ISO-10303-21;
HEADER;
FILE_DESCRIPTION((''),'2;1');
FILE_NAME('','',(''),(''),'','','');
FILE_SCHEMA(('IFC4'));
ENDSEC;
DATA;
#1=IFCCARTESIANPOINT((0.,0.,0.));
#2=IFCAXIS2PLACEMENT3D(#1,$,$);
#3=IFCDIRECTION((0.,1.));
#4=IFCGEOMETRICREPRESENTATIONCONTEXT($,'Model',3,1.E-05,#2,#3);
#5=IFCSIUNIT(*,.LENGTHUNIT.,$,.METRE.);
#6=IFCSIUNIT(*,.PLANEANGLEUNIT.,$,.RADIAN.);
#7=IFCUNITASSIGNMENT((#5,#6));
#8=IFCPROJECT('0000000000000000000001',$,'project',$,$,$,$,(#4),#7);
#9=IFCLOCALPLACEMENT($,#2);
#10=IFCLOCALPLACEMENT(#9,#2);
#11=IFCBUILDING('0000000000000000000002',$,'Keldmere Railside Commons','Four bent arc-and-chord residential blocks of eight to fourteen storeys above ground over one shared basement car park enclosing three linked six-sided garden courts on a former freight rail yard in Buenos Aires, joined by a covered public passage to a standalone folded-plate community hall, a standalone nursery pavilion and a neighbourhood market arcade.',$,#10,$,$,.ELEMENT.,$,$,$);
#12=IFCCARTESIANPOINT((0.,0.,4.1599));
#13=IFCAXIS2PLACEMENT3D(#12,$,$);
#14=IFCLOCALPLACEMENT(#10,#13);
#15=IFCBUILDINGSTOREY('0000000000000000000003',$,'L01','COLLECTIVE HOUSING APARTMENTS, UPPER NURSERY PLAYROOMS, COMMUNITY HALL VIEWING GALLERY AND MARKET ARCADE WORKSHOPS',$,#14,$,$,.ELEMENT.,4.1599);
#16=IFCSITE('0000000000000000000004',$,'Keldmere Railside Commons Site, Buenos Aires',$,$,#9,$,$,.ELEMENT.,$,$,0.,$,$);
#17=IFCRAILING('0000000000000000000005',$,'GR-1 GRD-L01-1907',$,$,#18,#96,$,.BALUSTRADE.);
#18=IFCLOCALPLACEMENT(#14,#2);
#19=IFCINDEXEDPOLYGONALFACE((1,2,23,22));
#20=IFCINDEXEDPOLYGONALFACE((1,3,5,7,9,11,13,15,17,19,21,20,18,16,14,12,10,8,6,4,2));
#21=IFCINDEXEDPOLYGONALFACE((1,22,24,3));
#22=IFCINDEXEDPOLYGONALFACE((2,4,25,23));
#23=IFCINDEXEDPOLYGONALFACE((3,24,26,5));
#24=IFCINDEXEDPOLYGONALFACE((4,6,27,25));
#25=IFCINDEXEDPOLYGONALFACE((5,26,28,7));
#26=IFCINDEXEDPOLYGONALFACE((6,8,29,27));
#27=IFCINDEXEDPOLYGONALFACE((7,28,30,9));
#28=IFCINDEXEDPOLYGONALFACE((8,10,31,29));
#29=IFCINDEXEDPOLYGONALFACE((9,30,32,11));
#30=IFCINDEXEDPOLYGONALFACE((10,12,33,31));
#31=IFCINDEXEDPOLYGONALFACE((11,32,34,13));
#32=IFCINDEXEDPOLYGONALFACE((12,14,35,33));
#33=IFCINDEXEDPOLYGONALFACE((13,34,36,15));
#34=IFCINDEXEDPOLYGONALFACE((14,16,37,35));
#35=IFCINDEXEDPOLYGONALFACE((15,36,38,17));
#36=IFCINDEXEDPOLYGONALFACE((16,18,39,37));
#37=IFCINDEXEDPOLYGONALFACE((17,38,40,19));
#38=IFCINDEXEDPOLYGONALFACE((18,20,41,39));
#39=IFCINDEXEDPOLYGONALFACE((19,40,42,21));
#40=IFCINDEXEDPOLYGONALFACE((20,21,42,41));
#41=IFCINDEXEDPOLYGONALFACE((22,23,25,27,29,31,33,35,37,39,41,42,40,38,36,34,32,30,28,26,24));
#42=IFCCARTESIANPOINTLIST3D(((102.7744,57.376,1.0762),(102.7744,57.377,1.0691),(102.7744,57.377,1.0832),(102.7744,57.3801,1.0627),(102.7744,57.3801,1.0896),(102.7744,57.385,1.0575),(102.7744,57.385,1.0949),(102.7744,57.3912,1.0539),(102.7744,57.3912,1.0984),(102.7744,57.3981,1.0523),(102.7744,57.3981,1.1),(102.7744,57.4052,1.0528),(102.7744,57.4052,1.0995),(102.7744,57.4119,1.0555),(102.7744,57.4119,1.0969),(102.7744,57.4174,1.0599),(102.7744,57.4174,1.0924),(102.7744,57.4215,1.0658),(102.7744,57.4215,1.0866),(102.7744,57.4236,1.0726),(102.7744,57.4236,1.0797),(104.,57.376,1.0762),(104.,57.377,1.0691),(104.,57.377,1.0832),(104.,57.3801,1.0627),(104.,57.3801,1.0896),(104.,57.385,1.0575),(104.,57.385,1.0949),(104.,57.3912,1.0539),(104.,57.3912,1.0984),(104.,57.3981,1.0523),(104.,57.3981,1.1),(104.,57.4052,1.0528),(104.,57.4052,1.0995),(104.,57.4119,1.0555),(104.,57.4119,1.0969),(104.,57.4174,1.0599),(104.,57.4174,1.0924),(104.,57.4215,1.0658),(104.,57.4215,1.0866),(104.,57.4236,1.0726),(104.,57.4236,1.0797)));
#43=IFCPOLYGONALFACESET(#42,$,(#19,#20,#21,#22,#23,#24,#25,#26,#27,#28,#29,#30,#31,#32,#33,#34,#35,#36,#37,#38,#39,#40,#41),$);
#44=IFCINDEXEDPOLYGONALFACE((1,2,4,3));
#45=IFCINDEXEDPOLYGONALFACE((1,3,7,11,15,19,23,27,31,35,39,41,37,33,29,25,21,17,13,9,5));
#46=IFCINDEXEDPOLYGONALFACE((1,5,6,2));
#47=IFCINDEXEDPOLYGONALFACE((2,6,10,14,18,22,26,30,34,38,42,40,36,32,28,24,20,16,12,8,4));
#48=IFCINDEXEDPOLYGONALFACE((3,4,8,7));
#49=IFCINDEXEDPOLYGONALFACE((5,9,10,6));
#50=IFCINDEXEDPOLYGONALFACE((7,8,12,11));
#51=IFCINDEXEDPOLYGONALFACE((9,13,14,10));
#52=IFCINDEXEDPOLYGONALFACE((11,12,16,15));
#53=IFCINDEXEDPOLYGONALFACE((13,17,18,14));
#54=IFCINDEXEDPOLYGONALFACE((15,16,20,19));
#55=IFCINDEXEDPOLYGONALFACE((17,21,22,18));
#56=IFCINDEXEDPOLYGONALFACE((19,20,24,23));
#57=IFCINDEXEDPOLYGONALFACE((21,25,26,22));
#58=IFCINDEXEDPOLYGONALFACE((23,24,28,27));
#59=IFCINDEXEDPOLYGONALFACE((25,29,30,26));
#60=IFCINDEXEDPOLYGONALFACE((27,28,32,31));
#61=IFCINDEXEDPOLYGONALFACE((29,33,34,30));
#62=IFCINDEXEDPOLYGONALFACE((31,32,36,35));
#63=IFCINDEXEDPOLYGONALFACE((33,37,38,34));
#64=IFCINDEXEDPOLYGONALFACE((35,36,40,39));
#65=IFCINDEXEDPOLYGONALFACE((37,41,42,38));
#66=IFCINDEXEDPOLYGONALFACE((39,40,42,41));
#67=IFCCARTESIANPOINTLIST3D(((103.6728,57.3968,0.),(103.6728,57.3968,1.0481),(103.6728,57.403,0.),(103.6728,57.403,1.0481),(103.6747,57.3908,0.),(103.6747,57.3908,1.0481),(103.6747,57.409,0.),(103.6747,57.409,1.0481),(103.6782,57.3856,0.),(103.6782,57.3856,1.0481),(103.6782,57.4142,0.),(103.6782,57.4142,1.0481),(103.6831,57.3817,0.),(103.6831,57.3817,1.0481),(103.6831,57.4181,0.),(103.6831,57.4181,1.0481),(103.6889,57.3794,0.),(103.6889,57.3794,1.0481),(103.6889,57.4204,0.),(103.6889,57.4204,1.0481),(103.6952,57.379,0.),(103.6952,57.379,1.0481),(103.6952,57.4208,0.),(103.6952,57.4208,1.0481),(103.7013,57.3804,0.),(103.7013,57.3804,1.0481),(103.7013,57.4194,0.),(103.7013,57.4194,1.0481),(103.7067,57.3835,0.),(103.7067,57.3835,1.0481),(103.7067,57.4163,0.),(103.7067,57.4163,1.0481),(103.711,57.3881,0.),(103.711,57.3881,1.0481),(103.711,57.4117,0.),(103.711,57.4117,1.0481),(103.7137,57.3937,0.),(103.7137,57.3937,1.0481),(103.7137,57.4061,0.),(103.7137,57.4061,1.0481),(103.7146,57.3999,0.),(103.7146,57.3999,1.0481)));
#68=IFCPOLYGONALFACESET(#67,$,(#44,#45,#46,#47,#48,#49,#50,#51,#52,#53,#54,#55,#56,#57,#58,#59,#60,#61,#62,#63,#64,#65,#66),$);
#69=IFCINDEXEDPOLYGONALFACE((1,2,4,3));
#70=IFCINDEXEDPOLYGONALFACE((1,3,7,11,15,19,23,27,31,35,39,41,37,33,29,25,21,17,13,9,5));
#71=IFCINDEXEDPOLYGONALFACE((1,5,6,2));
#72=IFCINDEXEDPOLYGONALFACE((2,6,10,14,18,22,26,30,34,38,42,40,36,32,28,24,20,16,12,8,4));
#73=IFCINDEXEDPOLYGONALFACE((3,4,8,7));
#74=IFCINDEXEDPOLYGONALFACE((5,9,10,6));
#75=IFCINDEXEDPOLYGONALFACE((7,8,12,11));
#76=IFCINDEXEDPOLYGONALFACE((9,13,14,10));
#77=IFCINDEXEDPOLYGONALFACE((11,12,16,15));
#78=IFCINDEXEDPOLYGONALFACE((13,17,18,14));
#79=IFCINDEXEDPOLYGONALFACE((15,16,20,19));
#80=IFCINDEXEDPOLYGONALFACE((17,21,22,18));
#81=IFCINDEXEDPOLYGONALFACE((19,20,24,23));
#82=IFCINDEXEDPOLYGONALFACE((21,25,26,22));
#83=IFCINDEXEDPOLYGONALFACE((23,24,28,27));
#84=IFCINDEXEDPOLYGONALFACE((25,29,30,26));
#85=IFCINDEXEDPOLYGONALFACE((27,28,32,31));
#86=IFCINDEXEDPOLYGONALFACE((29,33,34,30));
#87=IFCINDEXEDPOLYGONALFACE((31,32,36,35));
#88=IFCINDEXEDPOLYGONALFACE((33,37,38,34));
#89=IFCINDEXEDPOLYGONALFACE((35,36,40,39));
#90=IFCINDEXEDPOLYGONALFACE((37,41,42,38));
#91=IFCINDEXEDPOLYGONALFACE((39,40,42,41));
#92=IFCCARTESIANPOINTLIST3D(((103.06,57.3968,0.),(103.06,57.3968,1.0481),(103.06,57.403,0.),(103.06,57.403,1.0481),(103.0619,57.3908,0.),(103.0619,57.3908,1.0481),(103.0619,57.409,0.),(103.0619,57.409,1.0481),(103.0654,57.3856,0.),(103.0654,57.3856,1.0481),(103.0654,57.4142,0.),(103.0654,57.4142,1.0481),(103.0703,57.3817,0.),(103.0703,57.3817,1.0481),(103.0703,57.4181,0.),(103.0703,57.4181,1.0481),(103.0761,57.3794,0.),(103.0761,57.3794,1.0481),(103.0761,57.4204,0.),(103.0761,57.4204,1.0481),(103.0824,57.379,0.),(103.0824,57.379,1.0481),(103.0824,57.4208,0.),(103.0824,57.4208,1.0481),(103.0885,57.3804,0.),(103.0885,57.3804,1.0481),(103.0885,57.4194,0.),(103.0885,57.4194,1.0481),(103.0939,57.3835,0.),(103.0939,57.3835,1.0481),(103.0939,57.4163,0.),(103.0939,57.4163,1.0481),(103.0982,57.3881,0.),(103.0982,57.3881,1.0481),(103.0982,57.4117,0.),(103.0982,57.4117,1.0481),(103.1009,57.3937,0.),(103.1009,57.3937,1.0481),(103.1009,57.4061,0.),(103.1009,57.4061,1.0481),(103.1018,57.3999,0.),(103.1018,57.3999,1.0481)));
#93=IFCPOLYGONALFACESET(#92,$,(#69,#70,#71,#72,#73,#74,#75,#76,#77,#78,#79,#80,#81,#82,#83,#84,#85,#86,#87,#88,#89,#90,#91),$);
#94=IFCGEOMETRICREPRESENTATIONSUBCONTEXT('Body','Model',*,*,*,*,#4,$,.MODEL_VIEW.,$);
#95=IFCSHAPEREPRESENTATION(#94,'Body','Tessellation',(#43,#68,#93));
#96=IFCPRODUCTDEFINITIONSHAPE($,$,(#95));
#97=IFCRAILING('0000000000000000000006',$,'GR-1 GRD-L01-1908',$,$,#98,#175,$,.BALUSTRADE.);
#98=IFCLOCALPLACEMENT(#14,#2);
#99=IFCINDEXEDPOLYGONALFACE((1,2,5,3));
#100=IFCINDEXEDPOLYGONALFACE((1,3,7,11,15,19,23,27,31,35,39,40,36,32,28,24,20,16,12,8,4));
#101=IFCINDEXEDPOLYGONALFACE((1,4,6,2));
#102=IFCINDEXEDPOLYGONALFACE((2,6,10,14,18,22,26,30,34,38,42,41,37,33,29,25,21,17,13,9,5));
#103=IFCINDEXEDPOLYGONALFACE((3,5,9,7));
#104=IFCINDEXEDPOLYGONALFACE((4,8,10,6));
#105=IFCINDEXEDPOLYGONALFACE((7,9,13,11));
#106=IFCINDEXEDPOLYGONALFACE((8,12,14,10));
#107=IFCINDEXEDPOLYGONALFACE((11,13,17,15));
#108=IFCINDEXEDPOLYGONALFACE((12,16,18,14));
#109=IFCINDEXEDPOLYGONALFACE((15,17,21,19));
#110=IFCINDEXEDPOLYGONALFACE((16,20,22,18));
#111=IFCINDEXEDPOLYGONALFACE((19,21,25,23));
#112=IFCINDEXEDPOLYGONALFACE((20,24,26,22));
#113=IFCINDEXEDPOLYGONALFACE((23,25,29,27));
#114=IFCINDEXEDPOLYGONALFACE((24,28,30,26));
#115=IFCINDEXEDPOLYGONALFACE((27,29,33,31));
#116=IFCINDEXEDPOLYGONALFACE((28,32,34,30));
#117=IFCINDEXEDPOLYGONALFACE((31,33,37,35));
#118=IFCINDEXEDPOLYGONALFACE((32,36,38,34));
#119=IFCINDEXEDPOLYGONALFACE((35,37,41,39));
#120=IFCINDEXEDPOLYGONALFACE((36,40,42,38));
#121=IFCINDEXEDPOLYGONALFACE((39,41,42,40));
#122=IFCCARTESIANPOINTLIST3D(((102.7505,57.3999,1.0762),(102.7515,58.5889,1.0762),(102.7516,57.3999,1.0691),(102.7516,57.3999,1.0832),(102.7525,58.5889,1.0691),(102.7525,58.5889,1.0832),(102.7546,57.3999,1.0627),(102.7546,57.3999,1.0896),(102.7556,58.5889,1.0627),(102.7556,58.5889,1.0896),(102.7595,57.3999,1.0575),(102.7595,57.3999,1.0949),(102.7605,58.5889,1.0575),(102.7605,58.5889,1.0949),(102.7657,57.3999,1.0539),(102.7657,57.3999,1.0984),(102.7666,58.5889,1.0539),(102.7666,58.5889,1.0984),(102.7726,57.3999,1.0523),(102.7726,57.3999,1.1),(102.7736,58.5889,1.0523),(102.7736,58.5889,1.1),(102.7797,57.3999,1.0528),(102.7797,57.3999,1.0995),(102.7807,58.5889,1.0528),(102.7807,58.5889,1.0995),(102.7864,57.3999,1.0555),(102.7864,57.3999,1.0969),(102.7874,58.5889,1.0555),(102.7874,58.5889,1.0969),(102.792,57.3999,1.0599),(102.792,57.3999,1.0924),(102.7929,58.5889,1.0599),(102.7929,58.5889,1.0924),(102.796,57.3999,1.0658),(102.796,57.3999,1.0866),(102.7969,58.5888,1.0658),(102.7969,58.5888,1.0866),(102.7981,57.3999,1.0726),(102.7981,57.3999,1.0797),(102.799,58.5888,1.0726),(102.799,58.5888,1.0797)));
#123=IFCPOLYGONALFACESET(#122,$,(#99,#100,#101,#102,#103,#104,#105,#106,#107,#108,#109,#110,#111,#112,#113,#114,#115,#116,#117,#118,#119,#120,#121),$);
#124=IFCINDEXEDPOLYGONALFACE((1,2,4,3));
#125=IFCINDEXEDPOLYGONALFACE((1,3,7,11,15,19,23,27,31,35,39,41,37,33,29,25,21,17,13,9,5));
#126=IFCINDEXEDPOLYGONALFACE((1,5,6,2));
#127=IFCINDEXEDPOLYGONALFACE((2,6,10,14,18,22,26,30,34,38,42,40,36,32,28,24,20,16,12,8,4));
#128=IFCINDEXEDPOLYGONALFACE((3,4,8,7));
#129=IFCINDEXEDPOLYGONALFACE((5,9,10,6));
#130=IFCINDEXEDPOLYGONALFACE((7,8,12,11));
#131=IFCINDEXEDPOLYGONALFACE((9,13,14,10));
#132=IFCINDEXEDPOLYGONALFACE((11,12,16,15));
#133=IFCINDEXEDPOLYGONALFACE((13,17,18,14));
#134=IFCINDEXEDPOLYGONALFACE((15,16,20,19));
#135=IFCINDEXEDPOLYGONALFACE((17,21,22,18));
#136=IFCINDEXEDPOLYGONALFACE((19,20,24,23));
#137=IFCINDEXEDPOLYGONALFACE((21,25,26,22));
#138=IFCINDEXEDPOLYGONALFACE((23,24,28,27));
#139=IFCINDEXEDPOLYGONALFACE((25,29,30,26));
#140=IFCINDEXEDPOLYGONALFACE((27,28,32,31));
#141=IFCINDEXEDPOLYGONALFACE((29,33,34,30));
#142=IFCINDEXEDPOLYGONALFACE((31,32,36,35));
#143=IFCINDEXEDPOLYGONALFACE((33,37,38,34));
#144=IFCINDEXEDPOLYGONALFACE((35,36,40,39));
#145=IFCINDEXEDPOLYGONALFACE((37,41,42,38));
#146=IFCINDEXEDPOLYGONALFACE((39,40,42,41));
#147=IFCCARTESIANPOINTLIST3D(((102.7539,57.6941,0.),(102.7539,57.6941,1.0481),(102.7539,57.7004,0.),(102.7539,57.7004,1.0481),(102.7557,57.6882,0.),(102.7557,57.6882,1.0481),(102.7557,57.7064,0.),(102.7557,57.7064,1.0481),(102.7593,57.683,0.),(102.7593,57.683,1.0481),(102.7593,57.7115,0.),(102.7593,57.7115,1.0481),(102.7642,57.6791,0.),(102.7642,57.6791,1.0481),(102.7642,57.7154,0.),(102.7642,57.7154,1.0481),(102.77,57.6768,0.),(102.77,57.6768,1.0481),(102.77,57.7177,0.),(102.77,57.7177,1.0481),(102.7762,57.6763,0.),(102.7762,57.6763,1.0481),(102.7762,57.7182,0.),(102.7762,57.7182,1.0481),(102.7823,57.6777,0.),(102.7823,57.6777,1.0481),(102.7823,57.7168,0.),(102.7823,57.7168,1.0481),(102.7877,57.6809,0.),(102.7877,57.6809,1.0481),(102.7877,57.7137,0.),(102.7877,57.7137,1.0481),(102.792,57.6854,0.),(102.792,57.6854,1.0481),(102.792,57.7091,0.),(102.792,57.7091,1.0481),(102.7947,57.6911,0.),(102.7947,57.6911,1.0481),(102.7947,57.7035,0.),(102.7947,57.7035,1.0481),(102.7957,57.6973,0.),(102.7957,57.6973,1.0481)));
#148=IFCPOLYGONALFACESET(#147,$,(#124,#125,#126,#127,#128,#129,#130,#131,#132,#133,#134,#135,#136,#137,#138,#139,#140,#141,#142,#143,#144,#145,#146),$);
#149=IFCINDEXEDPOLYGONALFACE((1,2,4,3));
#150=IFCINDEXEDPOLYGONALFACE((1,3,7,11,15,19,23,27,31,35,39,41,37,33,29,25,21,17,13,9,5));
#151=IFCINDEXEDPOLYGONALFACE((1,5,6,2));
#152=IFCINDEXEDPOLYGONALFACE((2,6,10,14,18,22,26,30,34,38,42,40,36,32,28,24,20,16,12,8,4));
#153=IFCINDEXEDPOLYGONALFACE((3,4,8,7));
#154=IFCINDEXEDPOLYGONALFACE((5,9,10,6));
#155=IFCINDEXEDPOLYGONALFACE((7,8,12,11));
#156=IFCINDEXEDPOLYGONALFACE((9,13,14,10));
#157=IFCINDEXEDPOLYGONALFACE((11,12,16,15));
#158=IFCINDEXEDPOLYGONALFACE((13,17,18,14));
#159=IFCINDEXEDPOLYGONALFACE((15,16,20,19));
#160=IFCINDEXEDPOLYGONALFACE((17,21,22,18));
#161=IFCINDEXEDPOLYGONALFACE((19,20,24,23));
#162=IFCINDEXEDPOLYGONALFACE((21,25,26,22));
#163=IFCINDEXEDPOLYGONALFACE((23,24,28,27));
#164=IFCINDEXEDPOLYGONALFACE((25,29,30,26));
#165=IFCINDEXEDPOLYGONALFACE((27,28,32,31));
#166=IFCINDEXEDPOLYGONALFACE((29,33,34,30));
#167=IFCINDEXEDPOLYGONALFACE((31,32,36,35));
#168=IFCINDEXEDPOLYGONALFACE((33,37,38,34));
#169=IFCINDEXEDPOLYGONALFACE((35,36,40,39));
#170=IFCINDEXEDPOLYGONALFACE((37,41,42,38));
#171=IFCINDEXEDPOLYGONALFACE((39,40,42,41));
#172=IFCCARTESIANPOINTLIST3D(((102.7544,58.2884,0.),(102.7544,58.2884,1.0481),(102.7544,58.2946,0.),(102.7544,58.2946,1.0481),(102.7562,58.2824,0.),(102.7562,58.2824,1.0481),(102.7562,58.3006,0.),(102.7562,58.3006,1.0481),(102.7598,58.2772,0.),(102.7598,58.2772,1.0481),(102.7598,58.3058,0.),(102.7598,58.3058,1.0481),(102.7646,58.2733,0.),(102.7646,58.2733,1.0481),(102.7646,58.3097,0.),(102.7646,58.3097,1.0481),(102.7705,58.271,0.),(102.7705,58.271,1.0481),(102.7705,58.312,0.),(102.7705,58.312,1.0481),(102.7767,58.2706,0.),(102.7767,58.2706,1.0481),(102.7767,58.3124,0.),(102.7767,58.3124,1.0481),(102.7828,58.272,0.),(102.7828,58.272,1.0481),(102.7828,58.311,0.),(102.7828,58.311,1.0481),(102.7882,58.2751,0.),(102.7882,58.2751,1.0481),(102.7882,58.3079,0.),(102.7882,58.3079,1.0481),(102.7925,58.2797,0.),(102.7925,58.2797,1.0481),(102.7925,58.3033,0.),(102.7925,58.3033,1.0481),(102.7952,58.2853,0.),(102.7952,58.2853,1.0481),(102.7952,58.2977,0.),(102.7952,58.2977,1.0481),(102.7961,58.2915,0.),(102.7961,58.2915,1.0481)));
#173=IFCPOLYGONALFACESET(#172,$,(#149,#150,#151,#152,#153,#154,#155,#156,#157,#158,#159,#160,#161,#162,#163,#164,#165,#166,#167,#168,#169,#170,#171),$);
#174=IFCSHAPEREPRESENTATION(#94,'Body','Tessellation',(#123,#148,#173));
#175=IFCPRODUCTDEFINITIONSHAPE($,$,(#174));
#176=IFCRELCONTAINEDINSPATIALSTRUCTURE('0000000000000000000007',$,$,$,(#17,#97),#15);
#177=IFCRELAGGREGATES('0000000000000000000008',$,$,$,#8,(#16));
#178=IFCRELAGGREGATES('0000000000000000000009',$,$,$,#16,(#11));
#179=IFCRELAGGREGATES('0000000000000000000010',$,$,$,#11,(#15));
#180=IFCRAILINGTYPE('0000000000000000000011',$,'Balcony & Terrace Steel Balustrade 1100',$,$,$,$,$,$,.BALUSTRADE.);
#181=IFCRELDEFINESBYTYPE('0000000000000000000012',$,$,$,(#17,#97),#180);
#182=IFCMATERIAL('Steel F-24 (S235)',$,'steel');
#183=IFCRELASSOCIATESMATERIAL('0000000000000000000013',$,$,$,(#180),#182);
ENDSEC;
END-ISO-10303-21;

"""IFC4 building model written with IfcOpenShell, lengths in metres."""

from ifc_helpers import new_model, si_unit, direction, frame, origin, origin_2d, place, context, subcontext, project, spatial, circle, extrude, material, type_object, element, save


model = new_model("IFC4")

# Units and contexts
model_context = context("Model", 3, precision=1e-05, world=origin(), true_north=direction((0.0, 1.0)))
body_context = subcontext(model_context, "Body", "Model", "MODEL_VIEW")
ifc_project = project(units=[si_unit("LENGTHUNIT", "METRE"), si_unit("PLANEANGLEUNIT", "RADIAN")], contexts=[model_context])

# Site, building, storey
site_placement = place(None, origin())
site = spatial("IfcSite", under=ifc_project, at=site_placement, Name="Keldmere Railside Commons Site, Buenos Aires", CompositionType="ELEMENT", RefElevation=0.0)
building_placement = place(site_placement, origin())
building = spatial("IfcBuilding", under=site, at=building_placement, Name="Keldmere Railside Commons", Description="Four bent arc-and-chord residential blocks of eight to fourteen storeys above ground over one shared basement car park enclosing three linked six-sided garden courts on a former freight rail yard in Buenos Aires, joined by a covered public passage to a standalone folded-plate community hall, a standalone nursery pavilion and a neighbourhood market arcade.", CompositionType="ELEMENT")
storey_placement = place(building_placement, frame((0.0, 0.0, 4.1599)))
storey = spatial("IfcBuildingStorey", under=building, at=storey_placement, Name="L01", Description="COLLECTIVE HOUSING APARTMENTS, UPPER NURSERY PLAYROOMS, COMMUNITY HALL VIEWING GALLERY AND MARKET ARCADE WORKSHOPS", CompositionType="ELEMENT", Elevation=4.1599)

# Railings
ifc_material_1 = material(Name="Steel F-24 (S235)", Category="steel")
railing_type = type_object("IfcRailingType", Name="Balcony & Terrace Steel Balustrade 1100", PredefinedType="BALUSTRADE", material=ifc_material_1)
railing_1_placement = place(storey_placement, frame((104.0, 57.3999, 0.0)))
element("IfcRailing", 1, at=railing_1_placement, inside=storey, type_object=railing_type, Name="GR-1 GRD-L01-1907", PredefinedType="BALUSTRADE", context=body_context, shape_type="SweptSolid", body=[
    extrude(circle(Radius=0.0239, at=origin_2d()), frame((0.0, 0.0, 1.0762), z_axis=(-1.0, 0.0, 0.0), x_axis=(0.0, -1.0, 0.0)), (0.0, 0.0, 1.0), 1.2256),
    extrude(circle(Radius=0.021, at=origin_2d()), frame((-0.3064, 0.0, 0.0)), (0.0, 0.0, 1.0), 1.0481),
    extrude(circle(Radius=0.021, at=origin_2d()), frame((-0.9192, 0.0, 0.0)), (0.0, 0.0, 1.0), 1.0481),
])
railing_2_placement = place(storey_placement, frame((102.7744, 57.3999, 0.0)))
element("IfcRailing", 2, at=railing_2_placement, inside=storey, type_object=railing_type, Name="GR-1 GRD-L01-1908", PredefinedType="BALUSTRADE", context=body_context, shape_type="SweptSolid", body=[
    extrude(circle(Radius=0.0239, at=origin_2d()), frame((0.0, 0.0, 1.0762), z_axis=(0.000821, 1.0, 0.0), x_axis=(-1.0, 0.000821, 0.0)), (0.0, 0.0, 1.0), 1.189),
    extrude(circle(Radius=0.021, at=origin_2d()), frame((0.0002, 0.2974, 0.0)), (0.0, 0.0, 1.0), 1.0481),
    extrude(circle(Radius=0.021, at=origin_2d()), frame((0.0007, 0.8916, 0.0)), (0.0, 0.0, 1.0), 1.0481),
])

save(model, "model.ifc")
